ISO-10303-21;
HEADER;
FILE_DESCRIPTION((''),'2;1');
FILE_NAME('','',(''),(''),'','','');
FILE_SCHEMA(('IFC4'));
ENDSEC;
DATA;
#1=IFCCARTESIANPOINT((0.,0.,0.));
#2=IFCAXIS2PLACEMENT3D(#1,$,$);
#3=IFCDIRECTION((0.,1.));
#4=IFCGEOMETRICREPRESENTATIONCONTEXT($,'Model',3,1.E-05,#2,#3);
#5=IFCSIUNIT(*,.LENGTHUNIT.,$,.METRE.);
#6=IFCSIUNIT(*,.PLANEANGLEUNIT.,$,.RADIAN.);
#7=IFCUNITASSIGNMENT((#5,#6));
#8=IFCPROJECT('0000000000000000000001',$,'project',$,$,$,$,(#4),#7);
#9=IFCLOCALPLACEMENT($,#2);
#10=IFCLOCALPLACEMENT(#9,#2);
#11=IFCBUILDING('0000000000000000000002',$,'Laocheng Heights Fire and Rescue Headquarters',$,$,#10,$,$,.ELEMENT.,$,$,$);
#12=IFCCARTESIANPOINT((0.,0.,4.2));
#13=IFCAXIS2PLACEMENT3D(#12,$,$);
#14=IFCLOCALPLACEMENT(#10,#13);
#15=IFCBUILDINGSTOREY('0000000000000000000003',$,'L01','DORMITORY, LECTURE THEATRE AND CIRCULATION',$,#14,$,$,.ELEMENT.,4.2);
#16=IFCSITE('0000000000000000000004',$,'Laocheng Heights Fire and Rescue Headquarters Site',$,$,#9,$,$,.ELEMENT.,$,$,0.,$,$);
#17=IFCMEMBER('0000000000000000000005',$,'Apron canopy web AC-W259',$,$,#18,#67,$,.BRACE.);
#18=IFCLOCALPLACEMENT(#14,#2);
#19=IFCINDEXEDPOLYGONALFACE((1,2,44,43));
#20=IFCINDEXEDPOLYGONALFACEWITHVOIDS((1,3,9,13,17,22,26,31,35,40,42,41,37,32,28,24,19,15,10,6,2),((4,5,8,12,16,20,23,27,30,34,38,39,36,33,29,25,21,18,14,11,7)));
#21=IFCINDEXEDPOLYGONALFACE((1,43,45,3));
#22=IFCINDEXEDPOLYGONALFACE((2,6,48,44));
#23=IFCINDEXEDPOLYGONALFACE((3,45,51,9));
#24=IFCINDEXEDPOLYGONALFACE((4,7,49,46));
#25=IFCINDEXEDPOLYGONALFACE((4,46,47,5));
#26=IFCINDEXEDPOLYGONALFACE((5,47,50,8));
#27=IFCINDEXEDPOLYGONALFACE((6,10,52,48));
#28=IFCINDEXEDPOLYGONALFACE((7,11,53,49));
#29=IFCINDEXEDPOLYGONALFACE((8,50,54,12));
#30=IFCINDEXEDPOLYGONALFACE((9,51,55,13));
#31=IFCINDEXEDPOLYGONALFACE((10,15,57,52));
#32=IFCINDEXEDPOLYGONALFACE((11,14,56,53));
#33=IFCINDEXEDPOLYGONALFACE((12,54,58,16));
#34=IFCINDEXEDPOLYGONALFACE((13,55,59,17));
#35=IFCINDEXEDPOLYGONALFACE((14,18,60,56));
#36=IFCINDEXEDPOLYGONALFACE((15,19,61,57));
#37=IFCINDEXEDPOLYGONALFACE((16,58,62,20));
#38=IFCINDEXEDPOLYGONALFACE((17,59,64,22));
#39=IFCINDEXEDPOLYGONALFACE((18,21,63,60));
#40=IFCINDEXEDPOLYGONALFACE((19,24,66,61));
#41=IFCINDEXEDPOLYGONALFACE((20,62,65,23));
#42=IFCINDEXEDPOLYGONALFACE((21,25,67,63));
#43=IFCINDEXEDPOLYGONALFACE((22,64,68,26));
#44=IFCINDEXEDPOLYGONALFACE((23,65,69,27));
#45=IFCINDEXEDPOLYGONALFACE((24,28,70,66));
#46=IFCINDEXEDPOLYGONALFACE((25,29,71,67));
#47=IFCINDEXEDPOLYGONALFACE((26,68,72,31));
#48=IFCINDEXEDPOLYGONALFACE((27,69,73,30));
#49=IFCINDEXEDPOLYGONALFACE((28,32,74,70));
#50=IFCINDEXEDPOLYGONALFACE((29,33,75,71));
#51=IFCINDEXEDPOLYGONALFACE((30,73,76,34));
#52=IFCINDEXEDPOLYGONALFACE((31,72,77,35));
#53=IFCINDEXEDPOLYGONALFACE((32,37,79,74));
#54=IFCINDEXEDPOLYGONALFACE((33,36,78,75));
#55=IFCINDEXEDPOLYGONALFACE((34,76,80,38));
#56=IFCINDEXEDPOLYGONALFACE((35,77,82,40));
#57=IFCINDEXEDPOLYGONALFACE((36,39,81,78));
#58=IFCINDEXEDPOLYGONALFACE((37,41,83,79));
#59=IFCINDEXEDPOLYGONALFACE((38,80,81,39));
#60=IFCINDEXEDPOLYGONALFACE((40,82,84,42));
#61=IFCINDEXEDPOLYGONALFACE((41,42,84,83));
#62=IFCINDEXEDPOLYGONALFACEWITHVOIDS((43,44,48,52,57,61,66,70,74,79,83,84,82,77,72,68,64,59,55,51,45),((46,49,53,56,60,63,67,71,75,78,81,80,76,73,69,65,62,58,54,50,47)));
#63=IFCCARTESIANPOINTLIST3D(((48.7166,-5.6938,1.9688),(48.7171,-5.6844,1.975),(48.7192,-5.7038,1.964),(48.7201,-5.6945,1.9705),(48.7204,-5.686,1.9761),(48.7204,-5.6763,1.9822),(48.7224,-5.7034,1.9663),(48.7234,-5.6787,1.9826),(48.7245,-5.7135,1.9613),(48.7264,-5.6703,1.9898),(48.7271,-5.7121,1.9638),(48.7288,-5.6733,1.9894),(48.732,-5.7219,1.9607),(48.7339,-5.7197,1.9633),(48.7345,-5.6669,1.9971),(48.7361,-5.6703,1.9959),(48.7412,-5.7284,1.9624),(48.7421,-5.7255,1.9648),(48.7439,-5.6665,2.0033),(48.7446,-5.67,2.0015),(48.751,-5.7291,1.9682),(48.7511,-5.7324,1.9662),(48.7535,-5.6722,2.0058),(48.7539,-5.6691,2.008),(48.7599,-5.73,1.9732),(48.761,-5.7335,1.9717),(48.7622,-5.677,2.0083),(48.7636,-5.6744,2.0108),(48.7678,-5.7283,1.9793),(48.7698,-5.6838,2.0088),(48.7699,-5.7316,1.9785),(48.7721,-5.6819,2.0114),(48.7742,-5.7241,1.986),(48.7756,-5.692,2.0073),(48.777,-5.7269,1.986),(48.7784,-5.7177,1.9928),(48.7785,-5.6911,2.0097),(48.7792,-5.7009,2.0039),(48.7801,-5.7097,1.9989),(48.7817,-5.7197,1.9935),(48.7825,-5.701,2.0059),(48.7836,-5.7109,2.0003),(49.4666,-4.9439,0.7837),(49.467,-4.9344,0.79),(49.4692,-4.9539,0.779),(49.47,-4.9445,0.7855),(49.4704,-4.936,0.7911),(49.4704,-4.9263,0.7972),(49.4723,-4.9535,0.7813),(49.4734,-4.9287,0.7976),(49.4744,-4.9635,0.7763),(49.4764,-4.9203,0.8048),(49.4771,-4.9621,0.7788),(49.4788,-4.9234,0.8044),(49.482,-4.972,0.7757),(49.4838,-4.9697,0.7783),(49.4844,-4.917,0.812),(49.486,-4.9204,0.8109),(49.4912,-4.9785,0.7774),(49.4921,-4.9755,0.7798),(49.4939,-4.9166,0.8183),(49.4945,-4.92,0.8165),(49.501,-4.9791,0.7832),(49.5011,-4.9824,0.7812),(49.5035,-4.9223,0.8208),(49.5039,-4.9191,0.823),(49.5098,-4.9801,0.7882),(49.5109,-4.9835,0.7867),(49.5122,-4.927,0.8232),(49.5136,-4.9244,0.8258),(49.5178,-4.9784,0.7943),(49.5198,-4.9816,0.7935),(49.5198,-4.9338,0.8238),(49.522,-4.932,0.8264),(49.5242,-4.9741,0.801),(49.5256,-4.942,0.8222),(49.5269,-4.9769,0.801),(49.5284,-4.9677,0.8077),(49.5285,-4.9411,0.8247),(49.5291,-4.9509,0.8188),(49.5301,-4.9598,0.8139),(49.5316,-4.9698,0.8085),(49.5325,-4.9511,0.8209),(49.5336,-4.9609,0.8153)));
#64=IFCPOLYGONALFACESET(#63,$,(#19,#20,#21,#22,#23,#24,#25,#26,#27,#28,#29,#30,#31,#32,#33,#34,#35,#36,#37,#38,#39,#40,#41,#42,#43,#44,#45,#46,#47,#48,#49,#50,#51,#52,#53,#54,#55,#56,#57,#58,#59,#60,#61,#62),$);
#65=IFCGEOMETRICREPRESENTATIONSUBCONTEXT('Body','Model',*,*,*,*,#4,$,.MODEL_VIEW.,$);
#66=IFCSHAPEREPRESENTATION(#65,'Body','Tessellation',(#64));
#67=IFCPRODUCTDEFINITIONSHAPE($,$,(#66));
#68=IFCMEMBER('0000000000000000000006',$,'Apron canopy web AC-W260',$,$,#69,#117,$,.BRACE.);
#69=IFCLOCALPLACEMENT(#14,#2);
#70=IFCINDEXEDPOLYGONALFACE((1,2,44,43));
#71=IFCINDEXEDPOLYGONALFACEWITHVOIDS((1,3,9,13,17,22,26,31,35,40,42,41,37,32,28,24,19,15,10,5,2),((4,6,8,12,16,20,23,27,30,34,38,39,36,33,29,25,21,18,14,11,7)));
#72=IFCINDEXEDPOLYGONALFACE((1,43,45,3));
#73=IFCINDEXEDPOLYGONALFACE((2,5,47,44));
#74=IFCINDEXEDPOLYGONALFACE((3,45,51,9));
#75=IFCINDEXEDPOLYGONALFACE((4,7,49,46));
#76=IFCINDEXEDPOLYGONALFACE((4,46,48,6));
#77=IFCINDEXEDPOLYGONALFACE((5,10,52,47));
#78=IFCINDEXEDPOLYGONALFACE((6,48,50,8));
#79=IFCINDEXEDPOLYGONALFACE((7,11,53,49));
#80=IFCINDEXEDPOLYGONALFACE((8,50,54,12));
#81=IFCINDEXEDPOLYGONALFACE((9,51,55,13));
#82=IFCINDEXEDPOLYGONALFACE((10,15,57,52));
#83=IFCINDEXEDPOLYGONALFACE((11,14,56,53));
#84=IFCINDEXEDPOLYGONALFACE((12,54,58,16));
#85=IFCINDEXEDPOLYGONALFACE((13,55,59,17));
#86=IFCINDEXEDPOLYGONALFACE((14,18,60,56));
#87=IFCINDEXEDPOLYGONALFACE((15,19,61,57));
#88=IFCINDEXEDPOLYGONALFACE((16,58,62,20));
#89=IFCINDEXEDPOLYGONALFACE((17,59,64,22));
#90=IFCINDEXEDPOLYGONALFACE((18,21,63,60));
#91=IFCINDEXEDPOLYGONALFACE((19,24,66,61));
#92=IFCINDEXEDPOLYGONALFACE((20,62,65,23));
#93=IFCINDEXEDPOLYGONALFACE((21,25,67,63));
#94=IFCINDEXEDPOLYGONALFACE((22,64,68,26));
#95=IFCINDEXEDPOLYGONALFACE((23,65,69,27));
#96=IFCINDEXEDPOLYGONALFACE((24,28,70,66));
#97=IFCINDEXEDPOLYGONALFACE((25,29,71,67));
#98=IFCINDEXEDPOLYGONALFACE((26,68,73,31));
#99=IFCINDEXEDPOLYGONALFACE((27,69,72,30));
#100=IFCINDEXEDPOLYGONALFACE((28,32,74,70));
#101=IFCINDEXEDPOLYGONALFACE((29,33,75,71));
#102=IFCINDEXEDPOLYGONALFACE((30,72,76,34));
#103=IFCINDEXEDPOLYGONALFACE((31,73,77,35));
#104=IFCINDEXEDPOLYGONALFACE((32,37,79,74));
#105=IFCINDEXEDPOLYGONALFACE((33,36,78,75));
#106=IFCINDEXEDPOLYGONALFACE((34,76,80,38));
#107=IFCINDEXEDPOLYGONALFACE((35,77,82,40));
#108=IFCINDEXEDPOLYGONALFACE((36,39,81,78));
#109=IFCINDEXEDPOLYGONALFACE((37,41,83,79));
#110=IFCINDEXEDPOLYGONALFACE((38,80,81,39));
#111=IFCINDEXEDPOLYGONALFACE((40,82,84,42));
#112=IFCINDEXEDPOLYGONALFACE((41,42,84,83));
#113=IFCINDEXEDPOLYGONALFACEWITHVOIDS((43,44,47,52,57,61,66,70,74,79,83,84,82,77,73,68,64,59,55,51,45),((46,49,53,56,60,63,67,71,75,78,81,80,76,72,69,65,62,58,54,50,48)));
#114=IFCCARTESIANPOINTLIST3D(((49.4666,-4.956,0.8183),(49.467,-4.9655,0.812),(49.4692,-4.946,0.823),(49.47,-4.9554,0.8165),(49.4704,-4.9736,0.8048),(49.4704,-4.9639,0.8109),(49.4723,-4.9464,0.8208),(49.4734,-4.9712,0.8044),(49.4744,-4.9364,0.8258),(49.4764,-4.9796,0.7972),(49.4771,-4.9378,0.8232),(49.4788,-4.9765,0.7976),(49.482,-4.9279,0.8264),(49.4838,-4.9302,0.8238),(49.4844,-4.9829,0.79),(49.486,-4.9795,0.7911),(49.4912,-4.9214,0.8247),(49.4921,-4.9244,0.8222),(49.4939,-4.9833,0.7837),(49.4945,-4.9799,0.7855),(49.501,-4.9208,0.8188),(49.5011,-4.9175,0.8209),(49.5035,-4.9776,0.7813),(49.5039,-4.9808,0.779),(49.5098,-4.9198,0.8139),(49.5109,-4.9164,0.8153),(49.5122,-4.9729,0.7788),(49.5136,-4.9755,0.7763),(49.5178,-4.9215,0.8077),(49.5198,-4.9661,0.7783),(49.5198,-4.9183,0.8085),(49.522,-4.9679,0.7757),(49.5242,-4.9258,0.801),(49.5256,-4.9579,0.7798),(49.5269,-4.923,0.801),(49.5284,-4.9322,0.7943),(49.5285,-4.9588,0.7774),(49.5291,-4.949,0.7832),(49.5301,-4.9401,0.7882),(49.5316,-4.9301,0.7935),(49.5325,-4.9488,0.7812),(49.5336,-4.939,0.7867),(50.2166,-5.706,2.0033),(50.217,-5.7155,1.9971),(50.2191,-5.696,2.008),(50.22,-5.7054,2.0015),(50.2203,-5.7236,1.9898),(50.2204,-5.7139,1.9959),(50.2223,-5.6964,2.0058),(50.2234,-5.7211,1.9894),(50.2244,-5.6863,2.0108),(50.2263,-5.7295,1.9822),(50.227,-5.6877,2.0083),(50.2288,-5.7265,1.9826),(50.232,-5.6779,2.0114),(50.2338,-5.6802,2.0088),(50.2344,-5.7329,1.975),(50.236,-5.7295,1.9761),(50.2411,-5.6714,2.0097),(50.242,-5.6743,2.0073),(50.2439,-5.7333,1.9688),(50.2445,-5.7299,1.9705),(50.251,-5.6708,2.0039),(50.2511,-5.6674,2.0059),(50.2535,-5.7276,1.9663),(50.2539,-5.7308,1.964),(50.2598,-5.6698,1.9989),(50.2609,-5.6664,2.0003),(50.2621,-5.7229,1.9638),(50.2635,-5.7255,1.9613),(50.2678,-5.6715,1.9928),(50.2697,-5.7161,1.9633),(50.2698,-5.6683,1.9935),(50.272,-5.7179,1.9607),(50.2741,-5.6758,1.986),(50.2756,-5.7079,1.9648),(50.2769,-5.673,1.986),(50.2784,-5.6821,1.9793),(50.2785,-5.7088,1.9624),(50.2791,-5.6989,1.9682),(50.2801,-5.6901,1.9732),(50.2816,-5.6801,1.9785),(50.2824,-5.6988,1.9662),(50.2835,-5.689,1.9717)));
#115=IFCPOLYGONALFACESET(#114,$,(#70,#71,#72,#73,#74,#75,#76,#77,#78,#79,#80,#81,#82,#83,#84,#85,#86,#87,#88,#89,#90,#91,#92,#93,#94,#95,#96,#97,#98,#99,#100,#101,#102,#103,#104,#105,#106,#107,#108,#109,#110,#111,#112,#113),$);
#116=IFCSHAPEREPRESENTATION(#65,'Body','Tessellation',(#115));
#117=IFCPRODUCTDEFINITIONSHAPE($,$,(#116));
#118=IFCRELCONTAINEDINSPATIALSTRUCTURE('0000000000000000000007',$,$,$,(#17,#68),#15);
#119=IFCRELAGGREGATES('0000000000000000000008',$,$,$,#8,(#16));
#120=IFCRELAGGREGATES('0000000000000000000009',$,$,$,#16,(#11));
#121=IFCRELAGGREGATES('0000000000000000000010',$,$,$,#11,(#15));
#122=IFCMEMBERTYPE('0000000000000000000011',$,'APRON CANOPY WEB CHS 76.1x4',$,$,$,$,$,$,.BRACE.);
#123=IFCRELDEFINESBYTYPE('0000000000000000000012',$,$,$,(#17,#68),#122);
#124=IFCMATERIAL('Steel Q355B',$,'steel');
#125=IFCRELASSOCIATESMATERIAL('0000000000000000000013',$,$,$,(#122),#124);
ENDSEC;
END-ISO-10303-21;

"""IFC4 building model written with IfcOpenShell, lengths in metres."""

from ifc_helpers import new_model, si_unit, direction, frame, origin, origin_2d, place, context, subcontext, project, spatial, hollow_circle, extrude, material, material_profile, profile_set, type_object, element, save


model = new_model("IFC4")

# Units and contexts
model_context = context("Model", 3, precision=1e-05, world=origin(), true_north=direction((0.0, 1.0)))
body_context = subcontext(model_context, "Body", "Model", "MODEL_VIEW")
ifc_project = project(units=[si_unit("LENGTHUNIT", "METRE"), si_unit("PLANEANGLEUNIT", "RADIAN")], contexts=[model_context])

# Site, building, storey
site_placement = place(None, origin())
site = spatial("IfcSite", under=ifc_project, at=site_placement, Name="Laocheng Heights Fire and Rescue Headquarters Site", CompositionType="ELEMENT", RefElevation=0.0)
building_placement = place(site_placement, origin())
building = spatial("IfcBuilding", under=site, at=building_placement, Name="Laocheng Heights Fire and Rescue Headquarters", CompositionType="ELEMENT")
storey_placement = place(building_placement, frame((0.0, 0.0, 4.2)))
storey = spatial("IfcBuildingStorey", under=building, at=storey_placement, Name="L01", Description="DORMITORY, LECTURE THEATRE AND CIRCULATION", CompositionType="ELEMENT", Elevation=4.2)

# Members
ifc_material_1 = material(Name="Steel Q355B", Category="steel")
ifc_material_profile_1 = material_profile(ifc_material_1, hollow_circle(Radius=0.0381, WallThickness=0.0039, at=origin_2d()), Name="CHS 76.1x4")
ifc_profile_set_1 = profile_set([ifc_material_profile_1], Name="Steel Q355B")
member_type_1 = type_object("IfcMemberType", Name="APRON CANOPY WEB CHS 76.1x4", PredefinedType="BRACE", material=ifc_profile_set_1)
for number, where, z_axis, x_axis, name in (
    (1, (49.5, -4.95, 0.801), (-0.47158, -0.47158, 0.745134), (0.707107, -0.707107, 0.0), "Apron canopy web AC-W259"),
    (2, (49.5, -4.95, 0.801), (0.47158, -0.47158, 0.745134), (0.707107, 0.707107, 0.0), "Apron canopy web AC-W260"),
):
    element("IfcMember", number, at=place(storey_placement, frame(where, z_axis=z_axis, x_axis=x_axis)), inside=storey, type_object=member_type_1, Name=name, PredefinedType="BRACE", context=body_context, shape_type="SweptSolid", body=[
        extrude(hollow_circle(Radius=0.0381, WallThickness=0.0039, at=origin_2d()), origin(), (0.0, 0.0, 1.0), 1.5903),
    ])

save(model, "model.ifc")
